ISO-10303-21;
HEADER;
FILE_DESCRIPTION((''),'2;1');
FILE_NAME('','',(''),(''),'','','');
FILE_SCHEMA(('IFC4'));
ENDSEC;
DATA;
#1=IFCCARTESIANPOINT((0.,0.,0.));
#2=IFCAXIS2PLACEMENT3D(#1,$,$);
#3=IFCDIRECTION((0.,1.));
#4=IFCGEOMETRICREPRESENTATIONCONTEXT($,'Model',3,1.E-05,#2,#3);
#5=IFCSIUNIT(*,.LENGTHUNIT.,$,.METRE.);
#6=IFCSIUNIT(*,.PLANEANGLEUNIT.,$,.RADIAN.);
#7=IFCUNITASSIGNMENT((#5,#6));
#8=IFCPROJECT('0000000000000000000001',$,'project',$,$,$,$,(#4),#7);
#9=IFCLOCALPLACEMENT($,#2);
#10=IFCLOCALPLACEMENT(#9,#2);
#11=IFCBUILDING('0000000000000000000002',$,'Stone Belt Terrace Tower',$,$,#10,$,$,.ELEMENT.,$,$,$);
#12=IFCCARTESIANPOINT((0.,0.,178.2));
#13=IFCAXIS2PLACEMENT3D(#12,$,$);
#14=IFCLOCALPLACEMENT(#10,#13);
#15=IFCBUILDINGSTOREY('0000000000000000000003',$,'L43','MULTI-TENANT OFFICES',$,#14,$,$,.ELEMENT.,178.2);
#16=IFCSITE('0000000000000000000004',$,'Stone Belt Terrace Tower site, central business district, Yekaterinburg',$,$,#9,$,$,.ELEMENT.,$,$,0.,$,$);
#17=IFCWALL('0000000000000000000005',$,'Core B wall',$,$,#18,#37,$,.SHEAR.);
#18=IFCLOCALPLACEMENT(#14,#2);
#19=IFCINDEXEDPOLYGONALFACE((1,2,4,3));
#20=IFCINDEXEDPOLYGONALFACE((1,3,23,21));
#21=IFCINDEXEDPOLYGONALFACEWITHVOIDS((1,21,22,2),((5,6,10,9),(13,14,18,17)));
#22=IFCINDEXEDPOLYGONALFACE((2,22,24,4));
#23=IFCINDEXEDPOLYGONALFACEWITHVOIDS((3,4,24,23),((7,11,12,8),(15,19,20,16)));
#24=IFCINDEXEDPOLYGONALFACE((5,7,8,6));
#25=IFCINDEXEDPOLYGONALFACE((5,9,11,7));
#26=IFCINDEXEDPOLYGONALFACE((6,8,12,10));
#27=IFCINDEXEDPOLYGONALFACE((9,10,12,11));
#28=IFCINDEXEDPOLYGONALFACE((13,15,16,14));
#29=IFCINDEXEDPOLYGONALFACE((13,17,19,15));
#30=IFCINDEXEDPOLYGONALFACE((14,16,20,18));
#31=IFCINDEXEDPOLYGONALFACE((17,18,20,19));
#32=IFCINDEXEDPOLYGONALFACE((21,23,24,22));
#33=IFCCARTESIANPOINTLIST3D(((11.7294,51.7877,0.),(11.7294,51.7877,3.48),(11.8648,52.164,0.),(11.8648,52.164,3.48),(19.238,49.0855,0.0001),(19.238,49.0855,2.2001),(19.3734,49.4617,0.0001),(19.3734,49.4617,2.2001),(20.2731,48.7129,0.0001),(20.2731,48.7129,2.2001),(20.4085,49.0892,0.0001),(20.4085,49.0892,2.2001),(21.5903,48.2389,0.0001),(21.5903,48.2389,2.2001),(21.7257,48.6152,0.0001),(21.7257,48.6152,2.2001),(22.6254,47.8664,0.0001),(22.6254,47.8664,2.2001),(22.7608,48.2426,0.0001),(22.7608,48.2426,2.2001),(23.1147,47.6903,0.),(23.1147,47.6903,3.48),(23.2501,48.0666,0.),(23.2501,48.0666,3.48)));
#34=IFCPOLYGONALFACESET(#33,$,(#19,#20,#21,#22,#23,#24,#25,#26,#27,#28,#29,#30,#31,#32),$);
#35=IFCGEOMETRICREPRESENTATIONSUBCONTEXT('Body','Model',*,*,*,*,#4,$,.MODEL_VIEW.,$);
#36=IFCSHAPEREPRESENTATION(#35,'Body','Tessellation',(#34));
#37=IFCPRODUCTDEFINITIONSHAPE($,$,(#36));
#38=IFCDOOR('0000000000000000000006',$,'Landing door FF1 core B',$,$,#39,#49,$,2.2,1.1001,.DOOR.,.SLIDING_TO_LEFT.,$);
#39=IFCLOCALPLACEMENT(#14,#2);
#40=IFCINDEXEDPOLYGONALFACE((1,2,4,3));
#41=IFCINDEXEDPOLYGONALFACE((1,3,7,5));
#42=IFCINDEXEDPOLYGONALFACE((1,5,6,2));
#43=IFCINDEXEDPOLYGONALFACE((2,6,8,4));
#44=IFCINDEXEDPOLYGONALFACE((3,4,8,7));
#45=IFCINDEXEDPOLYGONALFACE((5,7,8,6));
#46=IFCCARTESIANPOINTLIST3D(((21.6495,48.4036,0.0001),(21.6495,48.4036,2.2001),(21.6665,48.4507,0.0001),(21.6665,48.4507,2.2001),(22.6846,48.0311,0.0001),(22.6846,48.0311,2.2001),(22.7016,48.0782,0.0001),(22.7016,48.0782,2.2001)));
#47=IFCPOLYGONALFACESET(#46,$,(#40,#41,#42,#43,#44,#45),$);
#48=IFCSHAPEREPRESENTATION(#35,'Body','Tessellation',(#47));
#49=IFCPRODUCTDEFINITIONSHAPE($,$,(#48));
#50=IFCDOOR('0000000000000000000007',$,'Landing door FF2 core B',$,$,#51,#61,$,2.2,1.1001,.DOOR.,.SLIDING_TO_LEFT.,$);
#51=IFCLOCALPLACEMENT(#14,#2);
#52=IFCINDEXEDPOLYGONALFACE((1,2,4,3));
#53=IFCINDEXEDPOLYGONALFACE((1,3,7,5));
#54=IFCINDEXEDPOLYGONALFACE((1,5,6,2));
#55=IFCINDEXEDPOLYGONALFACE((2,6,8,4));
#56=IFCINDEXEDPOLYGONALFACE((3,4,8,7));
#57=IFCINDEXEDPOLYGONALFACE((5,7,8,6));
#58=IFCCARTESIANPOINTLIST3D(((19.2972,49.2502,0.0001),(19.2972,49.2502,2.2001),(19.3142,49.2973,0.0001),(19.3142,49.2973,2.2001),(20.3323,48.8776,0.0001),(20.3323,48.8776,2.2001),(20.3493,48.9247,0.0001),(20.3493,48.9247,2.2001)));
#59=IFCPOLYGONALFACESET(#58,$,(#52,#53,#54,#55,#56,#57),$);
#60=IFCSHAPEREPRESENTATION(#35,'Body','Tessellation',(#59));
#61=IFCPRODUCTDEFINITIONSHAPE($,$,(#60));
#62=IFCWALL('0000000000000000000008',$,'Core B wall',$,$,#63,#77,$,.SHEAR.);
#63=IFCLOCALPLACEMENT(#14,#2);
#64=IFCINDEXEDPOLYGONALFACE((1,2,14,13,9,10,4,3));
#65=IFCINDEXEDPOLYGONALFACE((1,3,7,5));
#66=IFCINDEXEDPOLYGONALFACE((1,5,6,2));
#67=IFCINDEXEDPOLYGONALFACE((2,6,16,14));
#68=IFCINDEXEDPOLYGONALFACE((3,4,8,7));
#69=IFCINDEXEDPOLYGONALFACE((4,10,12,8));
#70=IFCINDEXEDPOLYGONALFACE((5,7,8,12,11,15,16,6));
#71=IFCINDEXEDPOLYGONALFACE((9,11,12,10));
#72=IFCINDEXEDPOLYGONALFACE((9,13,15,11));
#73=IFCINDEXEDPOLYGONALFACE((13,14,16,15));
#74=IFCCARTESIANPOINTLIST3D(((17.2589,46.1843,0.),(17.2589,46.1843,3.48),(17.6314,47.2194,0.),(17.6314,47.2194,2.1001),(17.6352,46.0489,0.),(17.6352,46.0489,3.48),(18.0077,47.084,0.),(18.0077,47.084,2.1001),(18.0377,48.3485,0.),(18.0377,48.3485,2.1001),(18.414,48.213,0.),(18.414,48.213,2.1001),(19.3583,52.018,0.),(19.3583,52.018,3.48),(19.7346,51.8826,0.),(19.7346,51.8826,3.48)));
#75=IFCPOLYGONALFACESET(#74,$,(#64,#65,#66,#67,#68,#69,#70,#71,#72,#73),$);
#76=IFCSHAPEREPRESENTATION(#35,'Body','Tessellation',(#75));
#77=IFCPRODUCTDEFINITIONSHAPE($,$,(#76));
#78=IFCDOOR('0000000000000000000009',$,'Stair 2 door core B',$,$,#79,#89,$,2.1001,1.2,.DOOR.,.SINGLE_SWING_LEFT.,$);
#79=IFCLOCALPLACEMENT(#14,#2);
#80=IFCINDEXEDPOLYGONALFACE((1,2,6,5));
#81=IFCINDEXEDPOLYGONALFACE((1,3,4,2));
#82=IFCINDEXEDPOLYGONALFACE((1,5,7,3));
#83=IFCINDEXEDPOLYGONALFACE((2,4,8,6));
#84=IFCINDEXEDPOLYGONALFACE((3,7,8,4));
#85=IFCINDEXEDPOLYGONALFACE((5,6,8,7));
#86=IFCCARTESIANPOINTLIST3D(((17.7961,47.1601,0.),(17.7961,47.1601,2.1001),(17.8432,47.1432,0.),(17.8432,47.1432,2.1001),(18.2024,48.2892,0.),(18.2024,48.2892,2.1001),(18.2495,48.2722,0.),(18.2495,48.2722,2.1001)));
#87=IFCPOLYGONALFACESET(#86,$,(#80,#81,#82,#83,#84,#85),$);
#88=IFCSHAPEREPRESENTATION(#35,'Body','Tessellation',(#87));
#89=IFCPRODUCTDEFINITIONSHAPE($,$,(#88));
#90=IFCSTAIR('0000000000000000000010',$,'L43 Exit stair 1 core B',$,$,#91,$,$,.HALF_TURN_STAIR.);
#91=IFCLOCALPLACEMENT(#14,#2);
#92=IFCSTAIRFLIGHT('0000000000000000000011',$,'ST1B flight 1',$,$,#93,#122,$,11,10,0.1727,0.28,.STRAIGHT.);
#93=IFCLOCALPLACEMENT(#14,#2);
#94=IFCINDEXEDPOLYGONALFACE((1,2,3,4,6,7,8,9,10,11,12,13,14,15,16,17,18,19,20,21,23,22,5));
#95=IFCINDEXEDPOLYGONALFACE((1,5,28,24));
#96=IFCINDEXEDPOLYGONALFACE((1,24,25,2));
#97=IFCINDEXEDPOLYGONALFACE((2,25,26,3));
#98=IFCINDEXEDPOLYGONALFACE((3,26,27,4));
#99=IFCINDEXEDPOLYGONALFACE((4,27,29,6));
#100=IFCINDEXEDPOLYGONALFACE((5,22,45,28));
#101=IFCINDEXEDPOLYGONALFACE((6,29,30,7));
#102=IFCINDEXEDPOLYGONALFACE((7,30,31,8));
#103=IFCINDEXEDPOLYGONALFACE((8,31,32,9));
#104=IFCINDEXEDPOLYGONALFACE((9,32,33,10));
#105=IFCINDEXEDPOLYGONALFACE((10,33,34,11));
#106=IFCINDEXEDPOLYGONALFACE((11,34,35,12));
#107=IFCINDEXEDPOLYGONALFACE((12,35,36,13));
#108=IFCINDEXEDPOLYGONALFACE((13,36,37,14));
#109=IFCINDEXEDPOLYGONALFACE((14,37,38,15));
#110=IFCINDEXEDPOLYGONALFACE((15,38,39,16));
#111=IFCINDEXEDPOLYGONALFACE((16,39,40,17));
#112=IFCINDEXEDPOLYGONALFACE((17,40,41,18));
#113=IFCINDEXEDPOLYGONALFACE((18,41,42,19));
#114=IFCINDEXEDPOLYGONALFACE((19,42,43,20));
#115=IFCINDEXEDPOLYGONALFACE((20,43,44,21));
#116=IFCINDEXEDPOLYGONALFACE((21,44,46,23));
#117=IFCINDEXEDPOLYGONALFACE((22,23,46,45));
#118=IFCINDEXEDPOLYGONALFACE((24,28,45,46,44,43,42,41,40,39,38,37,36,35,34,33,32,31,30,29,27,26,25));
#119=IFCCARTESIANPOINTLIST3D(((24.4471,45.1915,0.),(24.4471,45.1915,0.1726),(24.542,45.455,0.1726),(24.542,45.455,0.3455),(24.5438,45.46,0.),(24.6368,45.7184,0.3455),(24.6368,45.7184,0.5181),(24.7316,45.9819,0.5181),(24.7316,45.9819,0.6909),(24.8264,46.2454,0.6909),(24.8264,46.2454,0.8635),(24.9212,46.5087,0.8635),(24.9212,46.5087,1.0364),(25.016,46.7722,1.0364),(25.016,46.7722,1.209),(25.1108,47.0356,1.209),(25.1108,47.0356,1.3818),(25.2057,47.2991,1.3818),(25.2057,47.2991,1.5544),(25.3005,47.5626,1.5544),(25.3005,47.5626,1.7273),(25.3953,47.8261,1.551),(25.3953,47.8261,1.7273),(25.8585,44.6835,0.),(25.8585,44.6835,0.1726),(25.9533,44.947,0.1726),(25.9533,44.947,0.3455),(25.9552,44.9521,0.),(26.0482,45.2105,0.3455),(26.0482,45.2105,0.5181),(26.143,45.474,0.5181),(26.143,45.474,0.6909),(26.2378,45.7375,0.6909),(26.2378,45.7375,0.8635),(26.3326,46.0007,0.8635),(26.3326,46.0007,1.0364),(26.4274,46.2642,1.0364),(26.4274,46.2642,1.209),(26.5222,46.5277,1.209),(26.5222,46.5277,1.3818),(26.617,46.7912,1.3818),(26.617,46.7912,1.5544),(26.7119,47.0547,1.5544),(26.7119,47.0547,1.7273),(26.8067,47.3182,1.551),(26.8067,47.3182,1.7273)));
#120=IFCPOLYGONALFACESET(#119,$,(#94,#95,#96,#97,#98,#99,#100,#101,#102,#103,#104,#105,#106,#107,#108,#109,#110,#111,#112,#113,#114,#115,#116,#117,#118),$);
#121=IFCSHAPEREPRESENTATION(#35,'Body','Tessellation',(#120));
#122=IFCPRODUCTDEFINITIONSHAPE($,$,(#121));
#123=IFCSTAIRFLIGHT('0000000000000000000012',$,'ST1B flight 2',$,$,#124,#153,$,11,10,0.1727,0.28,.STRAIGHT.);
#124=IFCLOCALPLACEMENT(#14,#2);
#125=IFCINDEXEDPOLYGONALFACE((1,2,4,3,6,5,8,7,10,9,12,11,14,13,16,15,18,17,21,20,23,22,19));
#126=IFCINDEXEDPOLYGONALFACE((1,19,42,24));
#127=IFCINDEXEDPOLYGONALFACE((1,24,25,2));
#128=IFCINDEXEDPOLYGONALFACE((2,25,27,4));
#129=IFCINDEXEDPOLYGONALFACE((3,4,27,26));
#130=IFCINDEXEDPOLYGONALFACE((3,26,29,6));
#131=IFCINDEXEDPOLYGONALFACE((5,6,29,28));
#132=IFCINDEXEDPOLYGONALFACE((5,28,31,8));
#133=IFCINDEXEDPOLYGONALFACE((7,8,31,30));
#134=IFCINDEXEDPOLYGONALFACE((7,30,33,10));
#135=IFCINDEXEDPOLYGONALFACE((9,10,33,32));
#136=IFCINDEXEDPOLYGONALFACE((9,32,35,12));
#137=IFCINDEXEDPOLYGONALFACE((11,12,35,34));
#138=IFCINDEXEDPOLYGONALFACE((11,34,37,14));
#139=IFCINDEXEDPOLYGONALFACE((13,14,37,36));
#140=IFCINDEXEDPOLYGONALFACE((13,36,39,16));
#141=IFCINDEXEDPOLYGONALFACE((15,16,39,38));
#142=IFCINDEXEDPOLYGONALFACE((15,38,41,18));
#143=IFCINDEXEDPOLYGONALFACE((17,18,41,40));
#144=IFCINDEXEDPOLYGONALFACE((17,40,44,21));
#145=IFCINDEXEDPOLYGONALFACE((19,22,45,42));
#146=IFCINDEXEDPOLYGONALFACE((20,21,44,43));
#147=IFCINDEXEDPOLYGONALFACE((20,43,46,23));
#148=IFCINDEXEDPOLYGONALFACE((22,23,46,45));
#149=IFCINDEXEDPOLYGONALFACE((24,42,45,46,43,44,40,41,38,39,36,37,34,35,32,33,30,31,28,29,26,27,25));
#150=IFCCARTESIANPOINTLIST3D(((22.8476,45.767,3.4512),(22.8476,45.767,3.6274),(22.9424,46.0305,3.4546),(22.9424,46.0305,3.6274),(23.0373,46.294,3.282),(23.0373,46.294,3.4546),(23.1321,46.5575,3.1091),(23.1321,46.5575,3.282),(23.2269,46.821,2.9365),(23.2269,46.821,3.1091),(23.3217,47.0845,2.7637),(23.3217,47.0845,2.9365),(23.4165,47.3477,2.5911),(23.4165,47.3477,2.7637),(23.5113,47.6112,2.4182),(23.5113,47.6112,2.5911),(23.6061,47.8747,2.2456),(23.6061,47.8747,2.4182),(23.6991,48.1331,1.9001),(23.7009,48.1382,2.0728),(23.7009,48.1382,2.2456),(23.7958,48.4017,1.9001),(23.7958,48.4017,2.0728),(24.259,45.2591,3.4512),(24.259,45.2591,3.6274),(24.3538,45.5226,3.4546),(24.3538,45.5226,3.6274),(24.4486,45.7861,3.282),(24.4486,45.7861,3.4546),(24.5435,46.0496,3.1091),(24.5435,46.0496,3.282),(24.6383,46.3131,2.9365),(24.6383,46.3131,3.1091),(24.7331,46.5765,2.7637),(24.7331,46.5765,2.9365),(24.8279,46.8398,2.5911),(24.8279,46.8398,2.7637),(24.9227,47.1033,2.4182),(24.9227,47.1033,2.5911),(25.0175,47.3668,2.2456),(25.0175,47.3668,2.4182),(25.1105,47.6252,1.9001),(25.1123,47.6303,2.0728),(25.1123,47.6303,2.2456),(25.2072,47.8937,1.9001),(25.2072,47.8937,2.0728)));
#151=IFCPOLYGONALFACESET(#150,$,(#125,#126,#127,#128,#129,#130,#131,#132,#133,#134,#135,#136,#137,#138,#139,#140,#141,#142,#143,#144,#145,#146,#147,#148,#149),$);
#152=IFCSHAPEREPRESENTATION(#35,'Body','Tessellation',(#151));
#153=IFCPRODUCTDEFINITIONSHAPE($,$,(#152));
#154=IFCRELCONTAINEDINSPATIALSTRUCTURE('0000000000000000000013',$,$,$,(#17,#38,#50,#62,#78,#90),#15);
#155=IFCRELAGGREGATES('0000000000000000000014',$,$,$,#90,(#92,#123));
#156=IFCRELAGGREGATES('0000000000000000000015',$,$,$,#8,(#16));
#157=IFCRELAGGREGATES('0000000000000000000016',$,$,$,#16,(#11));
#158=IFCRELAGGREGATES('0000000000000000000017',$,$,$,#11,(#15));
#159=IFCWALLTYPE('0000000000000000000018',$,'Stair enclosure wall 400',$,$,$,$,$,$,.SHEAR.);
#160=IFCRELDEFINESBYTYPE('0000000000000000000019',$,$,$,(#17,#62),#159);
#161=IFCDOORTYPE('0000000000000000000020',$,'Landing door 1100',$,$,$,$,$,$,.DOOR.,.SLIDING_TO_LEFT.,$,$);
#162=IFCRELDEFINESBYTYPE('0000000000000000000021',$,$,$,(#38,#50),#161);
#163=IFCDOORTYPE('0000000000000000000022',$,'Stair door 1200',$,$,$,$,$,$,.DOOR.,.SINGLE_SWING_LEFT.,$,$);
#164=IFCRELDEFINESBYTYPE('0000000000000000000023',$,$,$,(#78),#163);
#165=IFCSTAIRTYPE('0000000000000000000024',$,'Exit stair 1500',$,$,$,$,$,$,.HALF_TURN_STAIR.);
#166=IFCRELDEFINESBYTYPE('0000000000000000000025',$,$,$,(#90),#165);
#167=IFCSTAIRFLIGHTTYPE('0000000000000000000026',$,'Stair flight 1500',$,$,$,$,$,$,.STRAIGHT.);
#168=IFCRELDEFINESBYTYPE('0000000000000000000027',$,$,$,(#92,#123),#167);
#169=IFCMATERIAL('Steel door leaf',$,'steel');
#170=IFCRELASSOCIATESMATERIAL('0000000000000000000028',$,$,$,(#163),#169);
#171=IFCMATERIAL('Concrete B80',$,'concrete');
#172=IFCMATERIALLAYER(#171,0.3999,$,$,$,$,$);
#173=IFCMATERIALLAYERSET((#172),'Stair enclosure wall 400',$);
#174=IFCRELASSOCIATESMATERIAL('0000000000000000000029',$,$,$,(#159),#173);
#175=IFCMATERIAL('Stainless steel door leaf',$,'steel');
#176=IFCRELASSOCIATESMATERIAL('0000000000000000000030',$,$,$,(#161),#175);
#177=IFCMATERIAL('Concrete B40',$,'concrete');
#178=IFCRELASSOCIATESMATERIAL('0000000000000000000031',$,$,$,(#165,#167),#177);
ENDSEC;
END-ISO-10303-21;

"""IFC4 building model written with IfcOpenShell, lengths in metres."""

from ifc_helpers import new_model, si_unit, direction, frame, frame_2d, origin, place, context, subcontext, project, spatial, polyline, rectangle, outline, extrude, material, layer, layer_set, type_object, element, fill, aggregate, save


model = new_model("IFC4")

# Units and contexts
model_context = context("Model", 3, precision=1e-05, world=origin(), true_north=direction((0.0, 1.0)))
body_context = subcontext(model_context, "Body", "Model", "MODEL_VIEW")
ifc_project = project(units=[si_unit("LENGTHUNIT", "METRE"), si_unit("PLANEANGLEUNIT", "RADIAN")], contexts=[model_context])

# Site, building, storey
site_placement = place(None, origin())
site = spatial("IfcSite", under=ifc_project, at=site_placement, Name="Stone Belt Terrace Tower site, central business district, Yekaterinburg", CompositionType="ELEMENT", RefElevation=0.0)
building_placement = place(site_placement, origin())
building = spatial("IfcBuilding", under=site, at=building_placement, Name="Stone Belt Terrace Tower", CompositionType="ELEMENT")
storey_placement = place(building_placement, frame((0.0, 0.0, 178.2)))
storey = spatial("IfcBuildingStorey", under=building, at=storey_placement, Name="L43", Description="MULTI-TENANT OFFICES", CompositionType="ELEMENT", Elevation=178.2)

# Shared definitions
ifc_material_1 = material(Name="Concrete B80", Category="concrete")

# Shared definitions
ifc_material_2 = material(Name="Steel door leaf", Category="steel")
door_type_1 = type_object("IfcDoorType", Name="Stair door 1200", OperationType="SINGLE_SWING_LEFT", PredefinedType="DOOR", material=ifc_material_2)
ifc_layer_1 = layer(ifc_material_1, 0.3999)
ifc_layer_set_1 = layer_set([ifc_layer_1], Name="Stair enclosure wall 400")
wall_type_1 = type_object("IfcWallType", Name="Stair enclosure wall 400", PredefinedType="SHEAR", material=ifc_layer_set_1)

# Wall, openings, doors
wall_1_placement = place(storey_placement, frame((23.1824, 47.8784, 0.0), z_axis=(0.0, 0.0, 1.0), x_axis=(-0.940921, 0.338626, 0.0)))
wall_1 = element("IfcWall", 1, at=wall_1_placement, inside=storey, type_object=wall_type_1, Name="Core B wall", PredefinedType="SHEAR", context=body_context, shape_type="SweptSolid", body=[
    extrude(rectangle(XDim=12.1001, YDim=0.3999, at=frame_2d((6.05, 0.0))), origin(), (0.0, 0.0, 1.0), 3.48),
])
opening_1_placement = place(wall_1_placement, frame((0.52, 0.0, 0.0)))
opening_1 = element("IfcOpeningElement", 2, at=opening_1_placement, cuts=wall_1, PredefinedType="OPENING", context=body_context, shape_type="SweptSolid", body=[
    extrude(rectangle(XDim=1.1001, YDim=2.2, at=frame_2d((0.55, 1.1001))), frame((0.0, 0.21, 0.0), z_axis=(0.0, -1.0, 0.0), x_axis=(1.0, 0.0, 0.0)), (0.0, 0.0, 1.0), 0.4199),
])
opening_2_placement = place(wall_1_placement, frame((3.02, 0.0, 0.0)))
opening_2 = element("IfcOpeningElement", 3, at=opening_2_placement, cuts=wall_1, PredefinedType="OPENING", context=body_context, shape_type="SweptSolid", body=[
    extrude(rectangle(XDim=1.1001, YDim=2.2, at=frame_2d((0.55, 1.1001))), frame((0.0, 0.21, 0.0), z_axis=(0.0, -1.0, 0.0), x_axis=(1.0, 0.0, 0.0)), (0.0, 0.0, 1.0), 0.4199),
])
ifc_material_3 = material(Name="Stainless steel door leaf", Category="steel")
door_type_2 = type_object("IfcDoorType", Name="Landing door 1100", OperationType="SLIDING_TO_LEFT", PredefinedType="DOOR", material=ifc_material_3)
door_1_placement = place(opening_1_placement, origin())
door_1 = element("IfcDoor", 4, at=door_1_placement, inside=storey, type_object=door_type_2, Name="Landing door FF1 core B", OperationType="SLIDING_TO_LEFT", OverallHeight=2.2, OverallWidth=1.1001, PredefinedType="DOOR", context=body_context, shape_type="SweptSolid", body=[
    extrude(rectangle(XDim=1.1001, YDim=2.2, at=frame_2d((0.55, 1.1001))), frame((0.0, 0.0249, 0.0), z_axis=(0.0, -1.0, 0.0), x_axis=(1.0, 0.0, 0.0)), (0.0, 0.0, 1.0), 0.05),
])
fill(opening_1, door_1)
door_2_placement = place(opening_2_placement, origin())
door_2 = element("IfcDoor", 5, at=door_2_placement, inside=storey, type_object=door_type_2, Name="Landing door FF2 core B", OperationType="SLIDING_TO_LEFT", OverallHeight=2.2, OverallWidth=1.1001, PredefinedType="DOOR", context=body_context, shape_type="SweptSolid", body=[
    extrude(rectangle(XDim=1.1001, YDim=2.2, at=frame_2d((0.55, 1.1001))), frame((0.0, 0.0249, 0.0), z_axis=(0.0, -1.0, 0.0), x_axis=(1.0, 0.0, 0.0)), (0.0, 0.0, 1.0), 0.05),
])
fill(opening_2, door_2)

# Wall, opening, door
wall_2_placement = place(storey_placement, frame((17.447, 46.1165, 0.0), z_axis=(0.0, 0.0, 1.0), x_axis=(0.338608, 0.940928, 0.0)))
wall_2 = element("IfcWall", 6, at=wall_2_placement, inside=storey, type_object=wall_type_1, Name="Core B wall", PredefinedType="SHEAR", context=body_context, shape_type="SweptSolid", body=[
    extrude(rectangle(XDim=6.2, YDim=0.3999, at=frame_2d((3.1001, 0.0))), origin(), (0.0, 0.0, 1.0), 3.48),
])
opening_3_placement = place(wall_2_placement, frame((1.1001, 0.0, 0.0)))
opening_3 = element("IfcOpeningElement", 7, at=opening_3_placement, cuts=wall_2, PredefinedType="OPENING", context=body_context, shape_type="SweptSolid", body=[
    extrude(rectangle(XDim=1.2, YDim=2.1001, at=frame_2d((0.6001, 1.05))), frame((0.0, 0.21, 0.0), z_axis=(0.0, -1.0, 0.0), x_axis=(1.0, 0.0, 0.0)), (0.0, 0.0, 1.0), 0.4199),
])
door_3_placement = place(opening_3_placement, origin())
door_3 = element("IfcDoor", 8, at=door_3_placement, inside=storey, type_object=door_type_1, Name="Stair 2 door core B", OperationType="SINGLE_SWING_LEFT", OverallHeight=2.1001, OverallWidth=1.2, PredefinedType="DOOR", context=body_context, shape_type="SweptSolid", body=[
    extrude(rectangle(XDim=1.2, YDim=2.1001, at=frame_2d((0.6001, 1.05))), frame((0.0, 0.0249, 0.0), z_axis=(0.0, -1.0, 0.0), x_axis=(1.0, 0.0, 0.0)), (0.0, 0.0, 1.0), 0.05),
])
fill(opening_3, door_3)

# Stair, stair flights
ifc_material_4 = material(Name="Concrete B40", Category="concrete")
stair_type = type_object("IfcStairType", Name="Exit stair 1500", PredefinedType="HALF_TURN_STAIR", material=ifc_material_4)
stair_placement = place(storey_placement, origin())
stair = element("IfcStair", 9, at=stair_placement, inside=storey, type_object=stair_type, Name="L43 Exit stair 1 core B", PredefinedType="HALF_TURN_STAIR")
stair_flight_type = type_object("IfcStairFlightType", Name="Stair flight 1500", PredefinedType="STRAIGHT", material=ifc_material_4)
stair_flight_1_placement = place(storey_placement, frame((25.1528, 44.9375, 0.0), z_axis=(0.0, 0.0, 1.0), x_axis=(0.338624, 0.940922, 0.0)))
stair_flight_1 = element("IfcStairFlight", 10, at=stair_flight_1_placement, type_object=stair_flight_type, Name="ST1B flight 1", NumberOfRisers=11, NumberOfTreads=10, PredefinedType="STRAIGHT", RiserHeight=0.1727, TreadLength=0.28, context=body_context, shape_type="SweptSolid", body=[
    extrude(outline(polyline([(0.0, 0.0), (0.0, 0.1726), (0.28, 0.1726), (0.28, 0.3455), (0.5601, 0.3455), (0.5601, 0.5181), (0.8401, 0.5181), (0.8401, 0.6909), (1.1201, 0.6909), (1.1201, 0.8635), (1.3999, 0.8635), (1.3999, 1.0364), (1.6799, 1.0364), (1.6799, 1.209), (1.96, 1.209), (1.96, 1.3818), (2.24, 1.3818), (2.24, 1.5544), (2.52, 1.5544), (2.52, 1.7273), (2.8, 1.7273), (2.8, 1.8999), (2.8, 1.551), (0.2854, 0.0), (0.0, 0.0)])), frame((0.0, 0.75, 0.0), z_axis=(0.0, -1.0, 0.0), x_axis=(1.0, 0.0, 0.0)), (0.0, 0.0, 1.0), 1.5),
])
stair_flight_2_placement = place(storey_placement, frame((24.5015, 48.1477, 1.9001), z_axis=(0.0, 0.0, 1.0), x_axis=(-0.338624, -0.940922, 0.0)))
stair_flight_2 = element("IfcStairFlight", 11, at=stair_flight_2_placement, type_object=stair_flight_type, Name="ST1B flight 2", NumberOfRisers=11, NumberOfTreads=10, PredefinedType="STRAIGHT", RiserHeight=0.1727, TreadLength=0.28, context=body_context, shape_type="SweptSolid", body=[
    extrude(outline(polyline([(0.0, 0.0), (0.0, 0.1726), (0.28, 0.1726), (0.28, 0.3455), (0.5601, 0.3455), (0.5601, 0.5181), (0.8401, 0.5181), (0.8401, 0.6909), (1.1201, 0.6909), (1.1201, 0.8635), (1.3999, 0.8635), (1.3999, 1.0364), (1.6799, 1.0364), (1.6799, 1.209), (1.96, 1.209), (1.96, 1.3818), (2.24, 1.3818), (2.24, 1.5544), (2.52, 1.5544), (2.52, 1.7273), (2.8, 1.7273), (2.8, 1.8999), (2.8, 1.551), (0.2854, 0.0), (0.0, 0.0)])), frame((0.0, 0.75, 0.0), z_axis=(0.0, -1.0, 0.0), x_axis=(1.0, 0.0, 0.0)), (0.0, 0.0, 1.0), 1.5),
])
aggregate(stair, [stair_flight_1, stair_flight_2])

save(model, "model.ifc")
